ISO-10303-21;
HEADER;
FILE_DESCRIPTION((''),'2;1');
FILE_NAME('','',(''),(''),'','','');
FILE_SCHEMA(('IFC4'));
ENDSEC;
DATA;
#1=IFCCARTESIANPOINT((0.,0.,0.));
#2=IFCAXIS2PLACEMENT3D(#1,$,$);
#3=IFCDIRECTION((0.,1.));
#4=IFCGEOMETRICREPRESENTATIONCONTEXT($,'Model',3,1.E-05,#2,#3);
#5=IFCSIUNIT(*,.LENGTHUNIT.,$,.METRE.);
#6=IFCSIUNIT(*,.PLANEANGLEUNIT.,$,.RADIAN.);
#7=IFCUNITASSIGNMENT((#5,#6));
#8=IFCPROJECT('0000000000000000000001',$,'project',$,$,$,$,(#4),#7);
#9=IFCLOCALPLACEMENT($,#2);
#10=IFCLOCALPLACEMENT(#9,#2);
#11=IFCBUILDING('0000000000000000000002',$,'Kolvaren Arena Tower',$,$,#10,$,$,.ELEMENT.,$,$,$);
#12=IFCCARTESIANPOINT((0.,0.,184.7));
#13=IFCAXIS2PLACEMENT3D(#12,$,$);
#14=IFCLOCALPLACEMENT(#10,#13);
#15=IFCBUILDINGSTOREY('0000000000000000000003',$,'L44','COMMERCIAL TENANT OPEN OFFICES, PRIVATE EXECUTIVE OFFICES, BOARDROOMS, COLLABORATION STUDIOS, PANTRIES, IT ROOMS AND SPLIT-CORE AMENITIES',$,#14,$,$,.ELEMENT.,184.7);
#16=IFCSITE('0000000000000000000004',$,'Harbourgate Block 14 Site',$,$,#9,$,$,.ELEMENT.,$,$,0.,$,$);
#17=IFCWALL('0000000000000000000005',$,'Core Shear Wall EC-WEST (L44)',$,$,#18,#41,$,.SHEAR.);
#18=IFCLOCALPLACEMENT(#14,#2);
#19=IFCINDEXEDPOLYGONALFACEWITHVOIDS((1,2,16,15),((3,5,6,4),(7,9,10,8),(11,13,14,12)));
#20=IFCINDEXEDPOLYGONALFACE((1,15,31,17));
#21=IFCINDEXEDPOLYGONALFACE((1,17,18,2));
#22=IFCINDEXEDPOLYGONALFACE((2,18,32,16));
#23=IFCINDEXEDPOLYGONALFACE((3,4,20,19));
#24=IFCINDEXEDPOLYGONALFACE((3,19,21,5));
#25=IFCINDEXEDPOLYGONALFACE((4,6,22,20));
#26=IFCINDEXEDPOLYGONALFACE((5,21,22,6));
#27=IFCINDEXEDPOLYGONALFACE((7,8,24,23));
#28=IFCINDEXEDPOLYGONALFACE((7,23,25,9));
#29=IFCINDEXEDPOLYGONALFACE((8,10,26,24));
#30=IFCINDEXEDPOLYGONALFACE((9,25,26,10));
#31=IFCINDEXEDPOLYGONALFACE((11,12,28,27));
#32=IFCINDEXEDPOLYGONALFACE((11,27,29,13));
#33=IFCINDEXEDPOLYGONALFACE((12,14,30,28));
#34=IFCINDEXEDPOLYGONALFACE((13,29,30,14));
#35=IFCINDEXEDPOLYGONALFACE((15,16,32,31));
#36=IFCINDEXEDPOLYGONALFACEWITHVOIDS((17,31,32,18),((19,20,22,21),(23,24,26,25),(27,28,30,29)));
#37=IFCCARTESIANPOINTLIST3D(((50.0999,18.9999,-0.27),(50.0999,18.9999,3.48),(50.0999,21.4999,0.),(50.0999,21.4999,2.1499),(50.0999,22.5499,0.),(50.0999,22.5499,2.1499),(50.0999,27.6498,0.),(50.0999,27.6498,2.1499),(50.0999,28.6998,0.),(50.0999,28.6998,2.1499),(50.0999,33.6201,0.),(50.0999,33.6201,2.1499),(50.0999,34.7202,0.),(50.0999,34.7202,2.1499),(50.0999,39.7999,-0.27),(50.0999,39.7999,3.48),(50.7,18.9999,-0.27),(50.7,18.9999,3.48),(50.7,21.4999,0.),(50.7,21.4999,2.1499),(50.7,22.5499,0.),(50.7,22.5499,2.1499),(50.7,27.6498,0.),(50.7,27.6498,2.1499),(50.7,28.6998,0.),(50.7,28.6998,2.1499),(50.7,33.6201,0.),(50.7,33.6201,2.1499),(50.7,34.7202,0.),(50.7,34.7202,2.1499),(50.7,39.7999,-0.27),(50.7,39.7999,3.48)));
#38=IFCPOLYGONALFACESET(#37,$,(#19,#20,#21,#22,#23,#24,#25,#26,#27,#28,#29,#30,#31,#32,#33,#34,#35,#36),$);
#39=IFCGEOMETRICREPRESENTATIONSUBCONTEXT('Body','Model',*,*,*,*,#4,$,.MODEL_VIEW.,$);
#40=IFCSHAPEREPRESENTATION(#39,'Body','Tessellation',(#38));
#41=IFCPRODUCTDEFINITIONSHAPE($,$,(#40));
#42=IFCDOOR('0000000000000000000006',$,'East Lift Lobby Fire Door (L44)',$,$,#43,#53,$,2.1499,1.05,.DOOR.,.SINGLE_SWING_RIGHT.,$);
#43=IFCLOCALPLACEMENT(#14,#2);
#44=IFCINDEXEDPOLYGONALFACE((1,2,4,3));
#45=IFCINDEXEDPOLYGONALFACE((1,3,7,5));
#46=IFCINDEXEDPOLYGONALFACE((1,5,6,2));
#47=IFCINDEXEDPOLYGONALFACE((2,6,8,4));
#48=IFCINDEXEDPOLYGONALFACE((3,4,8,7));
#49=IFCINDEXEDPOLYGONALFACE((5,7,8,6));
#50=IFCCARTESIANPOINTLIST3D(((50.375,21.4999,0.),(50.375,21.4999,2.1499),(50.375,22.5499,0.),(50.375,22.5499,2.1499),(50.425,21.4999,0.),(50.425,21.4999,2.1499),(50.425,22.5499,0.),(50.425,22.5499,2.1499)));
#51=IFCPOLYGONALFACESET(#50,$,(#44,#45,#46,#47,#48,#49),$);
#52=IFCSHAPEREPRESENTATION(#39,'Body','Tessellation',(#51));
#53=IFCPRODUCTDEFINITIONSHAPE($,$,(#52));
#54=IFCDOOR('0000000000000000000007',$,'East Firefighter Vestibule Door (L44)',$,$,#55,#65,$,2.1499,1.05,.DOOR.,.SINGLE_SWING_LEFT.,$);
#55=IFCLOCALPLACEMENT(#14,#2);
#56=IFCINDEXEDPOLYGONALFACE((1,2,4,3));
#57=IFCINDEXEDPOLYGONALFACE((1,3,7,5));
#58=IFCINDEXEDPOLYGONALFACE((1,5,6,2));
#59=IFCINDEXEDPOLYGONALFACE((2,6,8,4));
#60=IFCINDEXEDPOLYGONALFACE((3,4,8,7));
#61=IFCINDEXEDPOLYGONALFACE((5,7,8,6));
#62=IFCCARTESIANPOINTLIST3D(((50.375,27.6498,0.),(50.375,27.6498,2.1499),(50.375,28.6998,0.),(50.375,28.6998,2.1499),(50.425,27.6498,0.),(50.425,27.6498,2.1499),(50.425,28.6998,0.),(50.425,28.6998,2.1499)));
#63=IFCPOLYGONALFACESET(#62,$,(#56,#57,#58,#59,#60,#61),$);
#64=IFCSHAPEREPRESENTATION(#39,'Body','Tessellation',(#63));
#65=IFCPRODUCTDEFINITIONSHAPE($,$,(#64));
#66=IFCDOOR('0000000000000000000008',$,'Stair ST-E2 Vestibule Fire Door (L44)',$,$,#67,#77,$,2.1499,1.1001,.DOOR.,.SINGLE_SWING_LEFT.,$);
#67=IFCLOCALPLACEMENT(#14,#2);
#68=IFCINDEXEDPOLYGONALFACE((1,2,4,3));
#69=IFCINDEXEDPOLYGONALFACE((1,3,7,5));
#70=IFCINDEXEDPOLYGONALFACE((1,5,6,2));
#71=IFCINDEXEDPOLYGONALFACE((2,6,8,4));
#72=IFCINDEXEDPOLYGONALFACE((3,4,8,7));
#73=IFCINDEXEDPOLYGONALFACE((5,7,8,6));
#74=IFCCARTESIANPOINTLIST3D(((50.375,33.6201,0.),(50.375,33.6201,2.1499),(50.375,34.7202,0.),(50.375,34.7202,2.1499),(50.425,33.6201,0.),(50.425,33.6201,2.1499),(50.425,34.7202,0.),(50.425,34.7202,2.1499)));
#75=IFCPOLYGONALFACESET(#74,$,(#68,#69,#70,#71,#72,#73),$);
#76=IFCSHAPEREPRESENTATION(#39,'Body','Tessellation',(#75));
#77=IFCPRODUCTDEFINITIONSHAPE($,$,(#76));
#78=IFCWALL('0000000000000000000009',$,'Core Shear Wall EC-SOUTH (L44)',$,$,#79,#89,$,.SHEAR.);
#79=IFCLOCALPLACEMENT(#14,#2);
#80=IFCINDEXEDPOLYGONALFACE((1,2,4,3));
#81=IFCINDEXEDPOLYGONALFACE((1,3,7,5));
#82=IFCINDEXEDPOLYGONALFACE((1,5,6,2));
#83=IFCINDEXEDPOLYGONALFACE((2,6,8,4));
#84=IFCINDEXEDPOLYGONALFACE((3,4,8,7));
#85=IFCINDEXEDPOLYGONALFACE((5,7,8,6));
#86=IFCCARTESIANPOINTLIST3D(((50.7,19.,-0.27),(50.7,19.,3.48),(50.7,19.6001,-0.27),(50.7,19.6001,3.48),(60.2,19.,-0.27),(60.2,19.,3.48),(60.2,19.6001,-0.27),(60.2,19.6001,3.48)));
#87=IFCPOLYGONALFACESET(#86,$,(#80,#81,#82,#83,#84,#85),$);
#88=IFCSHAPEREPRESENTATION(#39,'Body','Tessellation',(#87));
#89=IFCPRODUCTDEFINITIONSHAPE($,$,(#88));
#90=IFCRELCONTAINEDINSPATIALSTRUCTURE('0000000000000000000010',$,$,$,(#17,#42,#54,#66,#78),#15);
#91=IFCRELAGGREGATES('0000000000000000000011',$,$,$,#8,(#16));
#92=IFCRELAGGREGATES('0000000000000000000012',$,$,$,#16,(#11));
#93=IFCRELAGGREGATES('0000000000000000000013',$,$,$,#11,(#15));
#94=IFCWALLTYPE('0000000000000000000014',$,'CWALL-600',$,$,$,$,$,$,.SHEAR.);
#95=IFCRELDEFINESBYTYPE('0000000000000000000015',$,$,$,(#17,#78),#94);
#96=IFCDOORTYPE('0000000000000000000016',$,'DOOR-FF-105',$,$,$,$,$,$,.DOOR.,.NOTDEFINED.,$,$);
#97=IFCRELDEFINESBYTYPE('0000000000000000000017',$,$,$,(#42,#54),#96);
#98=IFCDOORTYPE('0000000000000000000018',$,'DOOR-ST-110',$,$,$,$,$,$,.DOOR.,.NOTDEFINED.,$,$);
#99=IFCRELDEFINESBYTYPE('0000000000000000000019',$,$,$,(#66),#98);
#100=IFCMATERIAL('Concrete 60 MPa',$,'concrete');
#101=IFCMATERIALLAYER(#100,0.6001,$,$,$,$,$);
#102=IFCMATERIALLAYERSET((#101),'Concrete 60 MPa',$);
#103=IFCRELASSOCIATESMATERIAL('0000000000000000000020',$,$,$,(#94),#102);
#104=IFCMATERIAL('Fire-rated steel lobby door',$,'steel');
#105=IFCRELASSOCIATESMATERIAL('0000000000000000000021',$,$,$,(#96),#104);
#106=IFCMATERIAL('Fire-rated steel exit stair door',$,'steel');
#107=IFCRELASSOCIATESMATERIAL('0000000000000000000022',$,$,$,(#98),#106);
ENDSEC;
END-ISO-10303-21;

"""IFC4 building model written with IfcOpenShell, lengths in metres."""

from ifc_helpers import new_model, si_unit, direction, frame, frame_2d, origin, place, context, subcontext, project, spatial, rectangle, extrude, material, layer, layer_set, type_object, element, fill, save


model = new_model("IFC4")

# Units and contexts
model_context = context("Model", 3, precision=1e-05, world=origin(), true_north=direction((0.0, 1.0)))
body_context = subcontext(model_context, "Body", "Model", "MODEL_VIEW")
ifc_project = project(units=[si_unit("LENGTHUNIT", "METRE"), si_unit("PLANEANGLEUNIT", "RADIAN")], contexts=[model_context])

# Site, building, storey
site_placement = place(None, origin())
site = spatial("IfcSite", under=ifc_project, at=site_placement, Name="Harbourgate Block 14 Site", CompositionType="ELEMENT", RefElevation=0.0)
building_placement = place(site_placement, origin())
building = spatial("IfcBuilding", under=site, at=building_placement, Name="Kolvaren Arena Tower", CompositionType="ELEMENT")
storey_placement = place(building_placement, frame((0.0, 0.0, 184.7)))
storey = spatial("IfcBuildingStorey", under=building, at=storey_placement, Name="L44", Description="COMMERCIAL TENANT OPEN OFFICES, PRIVATE EXECUTIVE OFFICES, BOARDROOMS, COLLABORATION STUDIOS, PANTRIES, IT ROOMS AND SPLIT-CORE AMENITIES", CompositionType="ELEMENT", Elevation=184.7)

# Wall, openings, doors
ifc_material_1 = material(Name="Concrete 60 MPa", Category="concrete")
ifc_layer_1 = layer(ifc_material_1, 0.6001)
ifc_layer_set_1 = layer_set([ifc_layer_1], Name="Concrete 60 MPa")
wall_type_1 = type_object("IfcWallType", Name="CWALL-600", PredefinedType="SHEAR", material=ifc_layer_set_1)
wall_1_placement = place(storey_placement, frame((50.3999, 19.0, -0.27), z_axis=(0.0, 0.0, 1.0), x_axis=(0.0, 1.0, 0.0)))
wall_1 = element("IfcWall", 1, at=wall_1_placement, inside=storey, type_object=wall_type_1, Name="Core Shear Wall EC-WEST (L44)", PredefinedType="SHEAR", context=body_context, shape_type="SweptSolid", body=[
    extrude(rectangle(XDim=20.8, YDim=0.6001, at=frame_2d((10.3999, 0.0))), origin(), (0.0, 0.0, 1.0), 3.75),
])
opening_1_placement = place(wall_1_placement, frame((2.5, 0.0, 0.27)))
opening_1 = element("IfcOpeningElement", 2, at=opening_1_placement, cuts=wall_1, PredefinedType="OPENING", context=body_context, shape_type="SweptSolid", body=[
    extrude(rectangle(XDim=1.05, YDim=2.1499, at=frame_2d((0.5249, 1.075))), frame((0.0, 0.3101, 0.0), z_axis=(0.0, -1.0, 0.0), x_axis=(1.0, 0.0, 0.0)), (0.0, 0.0, 1.0), 0.6201),
])
opening_2_placement = place(wall_1_placement, frame((8.6499, 0.0, 0.27)))
opening_2 = element("IfcOpeningElement", 3, at=opening_2_placement, cuts=wall_1, PredefinedType="OPENING", context=body_context, shape_type="SweptSolid", body=[
    extrude(rectangle(XDim=1.05, YDim=2.1499, at=frame_2d((0.5249, 1.075))), frame((0.0, 0.3101, 0.0), z_axis=(0.0, -1.0, 0.0), x_axis=(1.0, 0.0, 0.0)), (0.0, 0.0, 1.0), 0.6201),
])
opening_3_placement = place(wall_1_placement, frame((14.6201, 0.0, 0.27)))
opening_3 = element("IfcOpeningElement", 4, at=opening_3_placement, cuts=wall_1, PredefinedType="OPENING", context=body_context, shape_type="SweptSolid", body=[
    extrude(rectangle(XDim=1.1001, YDim=2.1499, at=frame_2d((0.55, 1.075))), frame((0.0, 0.3101, 0.0), z_axis=(0.0, -1.0, 0.0), x_axis=(1.0, 0.0, 0.0)), (0.0, 0.0, 1.0), 0.6201),
])
ifc_material_2 = material(Name="Fire-rated steel lobby door", Category="steel")
door_type_1 = type_object("IfcDoorType", Name="DOOR-FF-105", OperationType="NOTDEFINED", PredefinedType="DOOR", material=ifc_material_2)
door_1_placement = place(opening_1_placement, origin())
door_1 = element("IfcDoor", 5, at=door_1_placement, inside=storey, type_object=door_type_1, Name="East Lift Lobby Fire Door (L44)", OperationType="SINGLE_SWING_RIGHT", OverallHeight=2.1499, OverallWidth=1.05, PredefinedType="DOOR", context=body_context, shape_type="SweptSolid", body=[
    extrude(rectangle(XDim=1.05, YDim=2.1499, at=frame_2d((0.5249, 1.075))), frame((0.0, 0.0249, 0.0), z_axis=(0.0, -1.0, 0.0), x_axis=(1.0, 0.0, 0.0)), (0.0, 0.0, 1.0), 0.05),
])
fill(opening_1, door_1)
door_2_placement = place(opening_2_placement, origin())
door_2 = element("IfcDoor", 6, at=door_2_placement, inside=storey, type_object=door_type_1, Name="East Firefighter Vestibule Door (L44)", OperationType="SINGLE_SWING_LEFT", OverallHeight=2.1499, OverallWidth=1.05, PredefinedType="DOOR", context=body_context, shape_type="SweptSolid", body=[
    extrude(rectangle(XDim=1.05, YDim=2.1499, at=frame_2d((0.5249, 1.075))), frame((0.0, 0.0249, 0.0), z_axis=(0.0, -1.0, 0.0), x_axis=(1.0, 0.0, 0.0)), (0.0, 0.0, 1.0), 0.05),
])
fill(opening_2, door_2)
ifc_material_3 = material(Name="Fire-rated steel exit stair door", Category="steel")
door_type_2 = type_object("IfcDoorType", Name="DOOR-ST-110", OperationType="NOTDEFINED", PredefinedType="DOOR", material=ifc_material_3)
door_3_placement = place(opening_3_placement, origin())
door_3 = element("IfcDoor", 7, at=door_3_placement, inside=storey, type_object=door_type_2, Name="Stair ST-E2 Vestibule Fire Door (L44)", OperationType="SINGLE_SWING_LEFT", OverallHeight=2.1499, OverallWidth=1.1001, PredefinedType="DOOR", context=body_context, shape_type="SweptSolid", body=[
    extrude(rectangle(XDim=1.1001, YDim=2.1499, at=frame_2d((0.55, 1.075))), frame((0.0, 0.0249, 0.0), z_axis=(0.0, -1.0, 0.0), x_axis=(1.0, 0.0, 0.0)), (0.0, 0.0, 1.0), 0.05),
])
fill(opening_3, door_3)

# Wall
wall_2_placement = place(storey_placement, frame((50.7, 19.3, -0.27), z_axis=(0.0, 0.0, 1.0), x_axis=(1.0, 0.0, 0.0)))
element("IfcWall", 8, at=wall_2_placement, inside=storey, type_object=wall_type_1, Name="Core Shear Wall EC-SOUTH (L44)", PredefinedType="SHEAR", context=body_context, shape_type="SweptSolid", body=[
    extrude(rectangle(XDim=9.5, YDim=0.6001, at=frame_2d((4.75, 0.0))), origin(), (0.0, 0.0, 1.0), 3.75),
])

save(model, "model.ifc")
